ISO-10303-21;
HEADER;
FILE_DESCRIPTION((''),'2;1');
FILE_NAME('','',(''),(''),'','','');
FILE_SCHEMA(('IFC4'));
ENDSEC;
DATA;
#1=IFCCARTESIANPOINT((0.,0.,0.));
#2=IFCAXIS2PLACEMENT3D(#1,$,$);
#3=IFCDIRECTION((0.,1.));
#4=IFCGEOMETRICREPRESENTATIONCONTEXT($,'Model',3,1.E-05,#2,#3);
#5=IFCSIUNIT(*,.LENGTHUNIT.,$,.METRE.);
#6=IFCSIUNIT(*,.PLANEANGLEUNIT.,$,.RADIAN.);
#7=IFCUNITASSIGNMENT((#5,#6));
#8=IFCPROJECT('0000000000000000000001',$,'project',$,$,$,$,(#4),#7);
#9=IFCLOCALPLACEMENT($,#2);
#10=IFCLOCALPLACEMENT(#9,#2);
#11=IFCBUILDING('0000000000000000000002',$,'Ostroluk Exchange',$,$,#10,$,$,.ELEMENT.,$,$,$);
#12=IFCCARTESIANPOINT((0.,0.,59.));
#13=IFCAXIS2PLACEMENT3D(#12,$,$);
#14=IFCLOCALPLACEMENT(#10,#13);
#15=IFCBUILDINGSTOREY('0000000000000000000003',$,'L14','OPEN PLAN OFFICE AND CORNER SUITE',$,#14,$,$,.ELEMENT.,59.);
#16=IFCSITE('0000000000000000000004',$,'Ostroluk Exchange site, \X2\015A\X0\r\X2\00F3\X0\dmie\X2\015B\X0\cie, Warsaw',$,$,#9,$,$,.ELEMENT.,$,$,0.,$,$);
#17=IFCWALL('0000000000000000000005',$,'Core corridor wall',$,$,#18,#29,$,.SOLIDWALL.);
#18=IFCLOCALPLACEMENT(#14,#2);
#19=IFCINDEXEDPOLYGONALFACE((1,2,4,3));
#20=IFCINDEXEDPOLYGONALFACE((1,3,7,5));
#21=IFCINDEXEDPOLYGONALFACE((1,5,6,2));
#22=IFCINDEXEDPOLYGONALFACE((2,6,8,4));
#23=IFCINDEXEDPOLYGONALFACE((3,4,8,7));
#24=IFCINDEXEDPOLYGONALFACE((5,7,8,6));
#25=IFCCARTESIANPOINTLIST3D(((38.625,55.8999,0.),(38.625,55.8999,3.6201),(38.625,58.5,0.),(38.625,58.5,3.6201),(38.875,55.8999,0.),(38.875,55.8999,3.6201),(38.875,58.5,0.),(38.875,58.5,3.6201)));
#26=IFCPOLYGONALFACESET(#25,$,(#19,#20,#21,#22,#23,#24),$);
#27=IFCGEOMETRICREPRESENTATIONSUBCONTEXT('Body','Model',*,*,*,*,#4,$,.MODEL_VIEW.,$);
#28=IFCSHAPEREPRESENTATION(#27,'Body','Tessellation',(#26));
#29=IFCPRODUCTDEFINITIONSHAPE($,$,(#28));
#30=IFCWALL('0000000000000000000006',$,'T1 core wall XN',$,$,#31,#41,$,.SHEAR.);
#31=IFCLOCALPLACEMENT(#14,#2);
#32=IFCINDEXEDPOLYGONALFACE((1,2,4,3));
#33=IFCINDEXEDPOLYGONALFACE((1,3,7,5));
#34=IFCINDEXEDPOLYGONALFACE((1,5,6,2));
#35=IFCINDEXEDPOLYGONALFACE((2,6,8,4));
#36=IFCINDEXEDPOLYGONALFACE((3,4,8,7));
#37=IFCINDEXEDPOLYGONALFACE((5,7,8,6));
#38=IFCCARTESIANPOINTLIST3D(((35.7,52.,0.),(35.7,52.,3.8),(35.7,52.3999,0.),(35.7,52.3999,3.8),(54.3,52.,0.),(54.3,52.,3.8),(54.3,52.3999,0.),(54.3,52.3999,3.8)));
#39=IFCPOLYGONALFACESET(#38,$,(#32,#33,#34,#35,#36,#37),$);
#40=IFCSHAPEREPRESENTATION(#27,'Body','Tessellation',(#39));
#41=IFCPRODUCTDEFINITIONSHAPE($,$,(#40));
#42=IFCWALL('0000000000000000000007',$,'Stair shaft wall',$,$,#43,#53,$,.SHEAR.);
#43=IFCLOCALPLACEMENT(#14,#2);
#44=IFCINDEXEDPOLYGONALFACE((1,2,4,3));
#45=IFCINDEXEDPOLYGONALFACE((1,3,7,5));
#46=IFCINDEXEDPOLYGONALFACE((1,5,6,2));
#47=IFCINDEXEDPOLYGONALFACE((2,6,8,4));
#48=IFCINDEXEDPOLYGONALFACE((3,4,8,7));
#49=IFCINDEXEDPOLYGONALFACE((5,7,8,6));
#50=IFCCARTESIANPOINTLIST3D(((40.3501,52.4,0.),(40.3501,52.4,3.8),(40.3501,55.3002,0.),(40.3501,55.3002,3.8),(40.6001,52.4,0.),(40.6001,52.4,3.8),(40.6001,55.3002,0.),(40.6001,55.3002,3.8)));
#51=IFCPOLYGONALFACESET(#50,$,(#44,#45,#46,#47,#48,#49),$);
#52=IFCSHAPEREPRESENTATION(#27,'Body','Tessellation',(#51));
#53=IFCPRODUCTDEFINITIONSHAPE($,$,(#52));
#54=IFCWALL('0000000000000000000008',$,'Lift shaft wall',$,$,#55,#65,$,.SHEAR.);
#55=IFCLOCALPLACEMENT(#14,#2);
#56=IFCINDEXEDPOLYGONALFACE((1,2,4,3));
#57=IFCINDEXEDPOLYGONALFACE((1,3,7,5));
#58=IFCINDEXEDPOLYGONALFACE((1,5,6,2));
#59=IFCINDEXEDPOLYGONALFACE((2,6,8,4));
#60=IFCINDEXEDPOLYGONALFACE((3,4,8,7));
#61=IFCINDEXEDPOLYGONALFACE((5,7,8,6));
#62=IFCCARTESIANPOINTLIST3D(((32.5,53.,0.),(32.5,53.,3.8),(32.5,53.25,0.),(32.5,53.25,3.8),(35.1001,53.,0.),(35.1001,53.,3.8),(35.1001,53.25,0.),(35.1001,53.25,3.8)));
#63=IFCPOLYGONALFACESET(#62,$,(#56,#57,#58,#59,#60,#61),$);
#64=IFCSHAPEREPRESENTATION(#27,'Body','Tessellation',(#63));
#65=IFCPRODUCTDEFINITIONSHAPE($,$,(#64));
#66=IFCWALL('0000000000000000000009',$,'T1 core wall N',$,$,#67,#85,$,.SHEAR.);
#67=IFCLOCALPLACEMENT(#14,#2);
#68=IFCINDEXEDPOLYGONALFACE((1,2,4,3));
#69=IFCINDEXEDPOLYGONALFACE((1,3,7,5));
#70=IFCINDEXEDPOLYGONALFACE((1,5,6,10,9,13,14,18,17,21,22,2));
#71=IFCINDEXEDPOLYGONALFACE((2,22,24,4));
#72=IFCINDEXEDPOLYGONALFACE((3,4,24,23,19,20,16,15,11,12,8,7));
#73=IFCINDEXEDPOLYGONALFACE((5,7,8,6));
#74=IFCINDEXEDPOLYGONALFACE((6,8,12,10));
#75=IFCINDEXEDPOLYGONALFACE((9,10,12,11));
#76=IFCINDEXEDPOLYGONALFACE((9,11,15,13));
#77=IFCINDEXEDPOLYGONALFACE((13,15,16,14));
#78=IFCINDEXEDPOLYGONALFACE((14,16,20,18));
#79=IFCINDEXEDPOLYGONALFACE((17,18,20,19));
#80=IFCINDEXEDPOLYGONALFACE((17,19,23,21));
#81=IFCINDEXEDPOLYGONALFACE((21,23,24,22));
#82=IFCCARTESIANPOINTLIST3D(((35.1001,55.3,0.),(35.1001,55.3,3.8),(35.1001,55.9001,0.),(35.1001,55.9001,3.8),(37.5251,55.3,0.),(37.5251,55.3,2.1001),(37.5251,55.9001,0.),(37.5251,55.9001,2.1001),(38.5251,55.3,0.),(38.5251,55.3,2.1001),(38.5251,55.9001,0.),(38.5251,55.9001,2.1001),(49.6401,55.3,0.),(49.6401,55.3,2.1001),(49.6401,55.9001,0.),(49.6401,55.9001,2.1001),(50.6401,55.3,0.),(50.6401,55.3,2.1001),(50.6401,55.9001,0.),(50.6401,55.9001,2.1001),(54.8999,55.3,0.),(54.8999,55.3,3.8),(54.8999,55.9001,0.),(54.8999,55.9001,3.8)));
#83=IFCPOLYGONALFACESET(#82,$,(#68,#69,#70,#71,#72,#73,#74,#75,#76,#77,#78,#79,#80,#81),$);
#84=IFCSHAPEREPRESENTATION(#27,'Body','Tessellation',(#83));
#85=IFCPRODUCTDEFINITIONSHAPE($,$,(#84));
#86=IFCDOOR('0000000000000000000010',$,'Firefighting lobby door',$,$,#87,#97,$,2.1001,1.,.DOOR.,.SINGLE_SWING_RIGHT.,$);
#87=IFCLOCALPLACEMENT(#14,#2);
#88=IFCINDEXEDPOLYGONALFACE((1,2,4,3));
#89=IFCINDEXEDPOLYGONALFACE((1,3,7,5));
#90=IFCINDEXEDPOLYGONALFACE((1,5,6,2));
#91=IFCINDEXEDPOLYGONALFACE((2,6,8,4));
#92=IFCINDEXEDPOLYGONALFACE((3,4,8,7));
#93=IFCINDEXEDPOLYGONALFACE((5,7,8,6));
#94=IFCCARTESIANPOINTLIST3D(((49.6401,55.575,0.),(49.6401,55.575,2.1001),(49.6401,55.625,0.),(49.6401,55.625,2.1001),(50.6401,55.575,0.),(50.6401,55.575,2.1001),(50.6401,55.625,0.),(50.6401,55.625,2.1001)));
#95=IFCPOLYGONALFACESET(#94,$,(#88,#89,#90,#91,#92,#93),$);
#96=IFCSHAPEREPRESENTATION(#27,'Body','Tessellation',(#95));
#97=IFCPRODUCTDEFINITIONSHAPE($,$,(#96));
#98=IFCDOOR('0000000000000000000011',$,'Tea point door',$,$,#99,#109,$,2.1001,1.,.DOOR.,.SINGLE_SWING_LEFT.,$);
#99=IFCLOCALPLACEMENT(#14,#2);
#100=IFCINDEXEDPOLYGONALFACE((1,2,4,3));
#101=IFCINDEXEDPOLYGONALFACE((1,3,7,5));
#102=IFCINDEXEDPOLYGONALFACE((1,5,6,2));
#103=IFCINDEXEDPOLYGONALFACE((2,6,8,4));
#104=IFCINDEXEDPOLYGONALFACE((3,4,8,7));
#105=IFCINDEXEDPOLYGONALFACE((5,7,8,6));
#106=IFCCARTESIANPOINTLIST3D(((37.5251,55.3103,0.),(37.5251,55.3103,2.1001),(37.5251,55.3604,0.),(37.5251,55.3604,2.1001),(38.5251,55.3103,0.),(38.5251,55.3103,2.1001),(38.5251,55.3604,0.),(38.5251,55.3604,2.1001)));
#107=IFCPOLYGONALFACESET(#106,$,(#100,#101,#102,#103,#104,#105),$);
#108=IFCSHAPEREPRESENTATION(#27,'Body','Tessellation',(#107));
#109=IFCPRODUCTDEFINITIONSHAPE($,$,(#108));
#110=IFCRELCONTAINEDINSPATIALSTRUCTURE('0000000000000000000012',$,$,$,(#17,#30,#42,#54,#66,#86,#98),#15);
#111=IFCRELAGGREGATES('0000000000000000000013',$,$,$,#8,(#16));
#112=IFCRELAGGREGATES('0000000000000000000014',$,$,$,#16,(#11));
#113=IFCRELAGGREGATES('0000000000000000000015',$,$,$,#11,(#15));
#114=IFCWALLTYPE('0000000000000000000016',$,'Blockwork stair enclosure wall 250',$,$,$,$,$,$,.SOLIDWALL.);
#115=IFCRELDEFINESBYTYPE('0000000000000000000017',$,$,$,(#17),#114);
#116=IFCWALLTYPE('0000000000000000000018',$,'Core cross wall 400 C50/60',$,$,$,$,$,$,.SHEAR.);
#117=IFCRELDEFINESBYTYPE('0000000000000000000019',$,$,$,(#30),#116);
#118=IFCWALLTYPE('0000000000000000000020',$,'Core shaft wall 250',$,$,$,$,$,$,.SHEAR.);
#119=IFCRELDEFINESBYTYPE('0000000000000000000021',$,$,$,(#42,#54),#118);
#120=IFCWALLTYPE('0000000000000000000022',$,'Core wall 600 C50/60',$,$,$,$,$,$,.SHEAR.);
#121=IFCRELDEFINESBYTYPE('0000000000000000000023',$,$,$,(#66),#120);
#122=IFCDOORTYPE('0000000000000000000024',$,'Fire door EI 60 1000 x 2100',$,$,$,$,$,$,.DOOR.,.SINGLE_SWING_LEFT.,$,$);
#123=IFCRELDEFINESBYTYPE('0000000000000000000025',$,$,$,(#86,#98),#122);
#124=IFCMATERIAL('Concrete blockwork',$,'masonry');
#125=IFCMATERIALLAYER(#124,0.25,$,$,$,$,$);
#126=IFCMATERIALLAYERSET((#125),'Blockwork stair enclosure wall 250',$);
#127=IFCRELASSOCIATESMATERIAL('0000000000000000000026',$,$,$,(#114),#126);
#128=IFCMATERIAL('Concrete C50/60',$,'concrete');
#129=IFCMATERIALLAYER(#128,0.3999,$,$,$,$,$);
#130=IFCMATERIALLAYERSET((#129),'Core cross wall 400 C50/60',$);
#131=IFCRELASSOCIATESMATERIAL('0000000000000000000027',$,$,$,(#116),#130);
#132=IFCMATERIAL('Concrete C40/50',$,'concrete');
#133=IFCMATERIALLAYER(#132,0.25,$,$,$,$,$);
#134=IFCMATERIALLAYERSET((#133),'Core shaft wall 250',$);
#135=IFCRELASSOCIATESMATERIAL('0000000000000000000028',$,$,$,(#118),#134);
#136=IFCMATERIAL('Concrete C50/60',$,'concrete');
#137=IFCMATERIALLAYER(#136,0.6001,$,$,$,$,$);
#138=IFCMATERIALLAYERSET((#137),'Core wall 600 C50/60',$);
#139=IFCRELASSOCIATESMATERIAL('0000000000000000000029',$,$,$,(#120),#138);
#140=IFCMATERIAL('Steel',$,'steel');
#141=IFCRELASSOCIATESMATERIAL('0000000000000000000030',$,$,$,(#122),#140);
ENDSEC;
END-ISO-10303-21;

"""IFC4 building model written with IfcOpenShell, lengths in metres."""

from ifc_helpers import new_model, si_unit, direction, frame, frame_2d, origin, place, context, subcontext, project, spatial, rectangle, extrude, material, layer, layer_set, type_object, element, fill, save


model = new_model("IFC4")

# Units and contexts
model_context = context("Model", 3, precision=1e-05, world=origin(), true_north=direction((0.0, 1.0)))
body_context = subcontext(model_context, "Body", "Model", "MODEL_VIEW")
ifc_project = project(units=[si_unit("LENGTHUNIT", "METRE"), si_unit("PLANEANGLEUNIT", "RADIAN")], contexts=[model_context])

# Site, building, storey
site_placement = place(None, origin())
site = spatial("IfcSite", under=ifc_project, at=site_placement, Name="Ostroluk Exchange site, Śródmieście, Warsaw", CompositionType="ELEMENT", RefElevation=0.0)
building_placement = place(site_placement, origin())
building = spatial("IfcBuilding", under=site, at=building_placement, Name="Ostroluk Exchange", CompositionType="ELEMENT")
storey_placement = place(building_placement, frame((0.0, 0.0, 59.0)))
storey = spatial("IfcBuildingStorey", under=building, at=storey_placement, Name="L14", Description="OPEN PLAN OFFICE AND CORNER SUITE", CompositionType="ELEMENT", Elevation=59.0)

# Walls
ifc_material_1 = material(Name="Concrete blockwork", Category="masonry")
ifc_layer_1 = layer(ifc_material_1, 0.25)
ifc_layer_set_1 = layer_set([ifc_layer_1], Name="Blockwork stair enclosure wall 250")
wall_type_1 = type_object("IfcWallType", Name="Blockwork stair enclosure wall 250", PredefinedType="SOLIDWALL", material=ifc_layer_set_1)
for number, where, z_axis, x_axis, name in (
    (1, (38.75, 55.8999, 0.0), (0.0, 0.0, 1.0), (0.0, 1.0, 0.0), "Core corridor wall"),
):
    element("IfcWall", number, at=place(storey_placement, frame(where, z_axis=z_axis, x_axis=x_axis)), inside=storey, type_object=wall_type_1, Name=name, PredefinedType="SOLIDWALL", context=body_context, shape_type="SweptSolid", body=[
        extrude(rectangle(XDim=2.6001, YDim=0.25, at=frame_2d((1.3, 0.0))), origin(), (0.0, 0.0, 1.0), 3.6201),
    ])
ifc_material_2 = material(Name="Concrete C50/60", Category="concrete")
ifc_layer_2 = layer(ifc_material_2, 0.3999)
ifc_layer_set_2 = layer_set([ifc_layer_2], Name="Core cross wall 400 C50/60")
wall_type_2 = type_object("IfcWallType", Name="Core cross wall 400 C50/60", PredefinedType="SHEAR", material=ifc_layer_set_2)
wall_1_placement = place(storey_placement, frame((35.7, 52.2, 0.0), z_axis=(0.0, 0.0, 1.0), x_axis=(1.0, 0.0, 0.0)))
element("IfcWall", 2, at=wall_1_placement, inside=storey, type_object=wall_type_2, Name="T1 core wall XN", PredefinedType="SHEAR", context=body_context, shape_type="SweptSolid", body=[
    extrude(rectangle(XDim=18.6001, YDim=0.3999, at=frame_2d((9.3, 0.0))), origin(), (0.0, 0.0, 1.0), 3.8),
])
ifc_material_3 = material(Name="Concrete C40/50", Category="concrete")
ifc_layer_3 = layer(ifc_material_3, 0.25)
ifc_layer_set_3 = layer_set([ifc_layer_3], Name="Core shaft wall 250")
wall_type_3 = type_object("IfcWallType", Name="Core shaft wall 250", PredefinedType="SHEAR", material=ifc_layer_set_3)
wall_2_placement = place(storey_placement, frame((40.4751, 52.3999, 0.0), z_axis=(0.0, 0.0, 1.0), x_axis=(0.0, 1.0, 0.0)))
element("IfcWall", 3, at=wall_2_placement, inside=storey, type_object=wall_type_3, Name="Stair shaft wall", PredefinedType="SHEAR", context=body_context, shape_type="SweptSolid", body=[
    extrude(rectangle(XDim=2.9001, YDim=0.25, at=frame_2d((1.4502, 0.0))), origin(), (0.0, 0.0, 1.0), 3.8),
])
wall_3_placement = place(storey_placement, frame((32.5, 53.125, 0.0), z_axis=(0.0, 0.0, 1.0), x_axis=(1.0, 0.0, 0.0)))
element("IfcWall", 4, at=wall_3_placement, inside=storey, type_object=wall_type_3, Name="Lift shaft wall", PredefinedType="SHEAR", context=body_context, shape_type="SweptSolid", body=[
    extrude(rectangle(XDim=2.6001, YDim=0.25, at=frame_2d((1.3, 0.0))), origin(), (0.0, 0.0, 1.0), 3.8),
])

# Wall, openings, doors
ifc_material_4 = material(Name="Concrete C50/60", Category="concrete")
ifc_layer_4 = layer(ifc_material_4, 0.6001)
ifc_layer_set_4 = layer_set([ifc_layer_4], Name="Core wall 600 C50/60")
wall_type_4 = type_object("IfcWallType", Name="Core wall 600 C50/60", PredefinedType="SHEAR", material=ifc_layer_set_4)
wall_4_placement = place(storey_placement, frame((35.1001, 55.6001, 0.0), z_axis=(0.0, 0.0, 1.0), x_axis=(1.0, 0.0, 0.0)))
wall_4 = element("IfcWall", 5, at=wall_4_placement, inside=storey, type_object=wall_type_4, Name="T1 core wall N", PredefinedType="SHEAR", context=body_context, shape_type="SweptSolid", body=[
    extrude(rectangle(XDim=19.7998, YDim=0.6001, at=frame_2d((9.8999, 0.0))), origin(), (0.0, 0.0, 1.0), 3.8),
])
opening_1_placement = place(wall_4_placement, frame((14.54, 0.0, 0.0)))
opening_1 = element("IfcOpeningElement", 6, at=opening_1_placement, cuts=wall_4, PredefinedType="OPENING", context=body_context, shape_type="SweptSolid", body=[
    extrude(rectangle(XDim=1.0, YDim=2.1001, at=frame_2d((0.5, 1.05))), frame((0.0, 0.3101, 0.0), z_axis=(0.0, -1.0, 0.0), x_axis=(1.0, 0.0, 0.0)), (0.0, 0.0, 1.0), 0.6201),
])
opening_2_placement = place(wall_4_placement, frame((2.425, 0.0, 0.0)))
opening_2 = element("IfcOpeningElement", 7, at=opening_2_placement, cuts=wall_4, PredefinedType="OPENING", context=body_context, shape_type="SweptSolid", body=[
    extrude(rectangle(XDim=1.0, YDim=2.1001, at=frame_2d((0.5, 1.05))), frame((0.0, 0.3101, 0.0), z_axis=(0.0, -1.0, 0.0), x_axis=(1.0, 0.0, 0.0)), (0.0, 0.0, 1.0), 0.6201),
])
ifc_material_5 = material(Name="Steel", Category="steel")
door_type = type_object("IfcDoorType", Name="Fire door EI 60 1000 x 2100", OperationType="SINGLE_SWING_LEFT", PredefinedType="DOOR", material=ifc_material_5)
door_1_placement = place(opening_1_placement, origin())
door_1 = element("IfcDoor", 8, at=door_1_placement, inside=storey, type_object=door_type, Name="Firefighting lobby door", OperationType="SINGLE_SWING_RIGHT", OverallHeight=2.1001, OverallWidth=1.0, PredefinedType="DOOR", context=body_context, shape_type="SweptSolid", body=[
    extrude(rectangle(XDim=1.0, YDim=2.1001, at=frame_2d((0.5, 1.05))), frame((0.0, 0.0249, 0.0), z_axis=(0.0, -1.0, 0.0), x_axis=(1.0, 0.0, 0.0)), (0.0, 0.0, 1.0), 0.05),
])
fill(opening_1, door_1)
door_2_placement = place(opening_2_placement, origin())
door_2 = element("IfcDoor", 9, at=door_2_placement, inside=storey, type_object=door_type, Name="Tea point door", OperationType="SINGLE_SWING_LEFT", OverallHeight=2.1001, OverallWidth=1.0, PredefinedType="DOOR", context=body_context, shape_type="SweptSolid", body=[
    extrude(rectangle(XDim=1.0, YDim=2.1001, at=frame_2d((0.5, 1.05))), frame((0.0, -0.2397, 0.0), z_axis=(0.0, -1.0, 0.0), x_axis=(1.0, 0.0, 0.0)), (0.0, 0.0, 1.0), 0.05),
])
fill(opening_2, door_2)

save(model, "model.ifc")
